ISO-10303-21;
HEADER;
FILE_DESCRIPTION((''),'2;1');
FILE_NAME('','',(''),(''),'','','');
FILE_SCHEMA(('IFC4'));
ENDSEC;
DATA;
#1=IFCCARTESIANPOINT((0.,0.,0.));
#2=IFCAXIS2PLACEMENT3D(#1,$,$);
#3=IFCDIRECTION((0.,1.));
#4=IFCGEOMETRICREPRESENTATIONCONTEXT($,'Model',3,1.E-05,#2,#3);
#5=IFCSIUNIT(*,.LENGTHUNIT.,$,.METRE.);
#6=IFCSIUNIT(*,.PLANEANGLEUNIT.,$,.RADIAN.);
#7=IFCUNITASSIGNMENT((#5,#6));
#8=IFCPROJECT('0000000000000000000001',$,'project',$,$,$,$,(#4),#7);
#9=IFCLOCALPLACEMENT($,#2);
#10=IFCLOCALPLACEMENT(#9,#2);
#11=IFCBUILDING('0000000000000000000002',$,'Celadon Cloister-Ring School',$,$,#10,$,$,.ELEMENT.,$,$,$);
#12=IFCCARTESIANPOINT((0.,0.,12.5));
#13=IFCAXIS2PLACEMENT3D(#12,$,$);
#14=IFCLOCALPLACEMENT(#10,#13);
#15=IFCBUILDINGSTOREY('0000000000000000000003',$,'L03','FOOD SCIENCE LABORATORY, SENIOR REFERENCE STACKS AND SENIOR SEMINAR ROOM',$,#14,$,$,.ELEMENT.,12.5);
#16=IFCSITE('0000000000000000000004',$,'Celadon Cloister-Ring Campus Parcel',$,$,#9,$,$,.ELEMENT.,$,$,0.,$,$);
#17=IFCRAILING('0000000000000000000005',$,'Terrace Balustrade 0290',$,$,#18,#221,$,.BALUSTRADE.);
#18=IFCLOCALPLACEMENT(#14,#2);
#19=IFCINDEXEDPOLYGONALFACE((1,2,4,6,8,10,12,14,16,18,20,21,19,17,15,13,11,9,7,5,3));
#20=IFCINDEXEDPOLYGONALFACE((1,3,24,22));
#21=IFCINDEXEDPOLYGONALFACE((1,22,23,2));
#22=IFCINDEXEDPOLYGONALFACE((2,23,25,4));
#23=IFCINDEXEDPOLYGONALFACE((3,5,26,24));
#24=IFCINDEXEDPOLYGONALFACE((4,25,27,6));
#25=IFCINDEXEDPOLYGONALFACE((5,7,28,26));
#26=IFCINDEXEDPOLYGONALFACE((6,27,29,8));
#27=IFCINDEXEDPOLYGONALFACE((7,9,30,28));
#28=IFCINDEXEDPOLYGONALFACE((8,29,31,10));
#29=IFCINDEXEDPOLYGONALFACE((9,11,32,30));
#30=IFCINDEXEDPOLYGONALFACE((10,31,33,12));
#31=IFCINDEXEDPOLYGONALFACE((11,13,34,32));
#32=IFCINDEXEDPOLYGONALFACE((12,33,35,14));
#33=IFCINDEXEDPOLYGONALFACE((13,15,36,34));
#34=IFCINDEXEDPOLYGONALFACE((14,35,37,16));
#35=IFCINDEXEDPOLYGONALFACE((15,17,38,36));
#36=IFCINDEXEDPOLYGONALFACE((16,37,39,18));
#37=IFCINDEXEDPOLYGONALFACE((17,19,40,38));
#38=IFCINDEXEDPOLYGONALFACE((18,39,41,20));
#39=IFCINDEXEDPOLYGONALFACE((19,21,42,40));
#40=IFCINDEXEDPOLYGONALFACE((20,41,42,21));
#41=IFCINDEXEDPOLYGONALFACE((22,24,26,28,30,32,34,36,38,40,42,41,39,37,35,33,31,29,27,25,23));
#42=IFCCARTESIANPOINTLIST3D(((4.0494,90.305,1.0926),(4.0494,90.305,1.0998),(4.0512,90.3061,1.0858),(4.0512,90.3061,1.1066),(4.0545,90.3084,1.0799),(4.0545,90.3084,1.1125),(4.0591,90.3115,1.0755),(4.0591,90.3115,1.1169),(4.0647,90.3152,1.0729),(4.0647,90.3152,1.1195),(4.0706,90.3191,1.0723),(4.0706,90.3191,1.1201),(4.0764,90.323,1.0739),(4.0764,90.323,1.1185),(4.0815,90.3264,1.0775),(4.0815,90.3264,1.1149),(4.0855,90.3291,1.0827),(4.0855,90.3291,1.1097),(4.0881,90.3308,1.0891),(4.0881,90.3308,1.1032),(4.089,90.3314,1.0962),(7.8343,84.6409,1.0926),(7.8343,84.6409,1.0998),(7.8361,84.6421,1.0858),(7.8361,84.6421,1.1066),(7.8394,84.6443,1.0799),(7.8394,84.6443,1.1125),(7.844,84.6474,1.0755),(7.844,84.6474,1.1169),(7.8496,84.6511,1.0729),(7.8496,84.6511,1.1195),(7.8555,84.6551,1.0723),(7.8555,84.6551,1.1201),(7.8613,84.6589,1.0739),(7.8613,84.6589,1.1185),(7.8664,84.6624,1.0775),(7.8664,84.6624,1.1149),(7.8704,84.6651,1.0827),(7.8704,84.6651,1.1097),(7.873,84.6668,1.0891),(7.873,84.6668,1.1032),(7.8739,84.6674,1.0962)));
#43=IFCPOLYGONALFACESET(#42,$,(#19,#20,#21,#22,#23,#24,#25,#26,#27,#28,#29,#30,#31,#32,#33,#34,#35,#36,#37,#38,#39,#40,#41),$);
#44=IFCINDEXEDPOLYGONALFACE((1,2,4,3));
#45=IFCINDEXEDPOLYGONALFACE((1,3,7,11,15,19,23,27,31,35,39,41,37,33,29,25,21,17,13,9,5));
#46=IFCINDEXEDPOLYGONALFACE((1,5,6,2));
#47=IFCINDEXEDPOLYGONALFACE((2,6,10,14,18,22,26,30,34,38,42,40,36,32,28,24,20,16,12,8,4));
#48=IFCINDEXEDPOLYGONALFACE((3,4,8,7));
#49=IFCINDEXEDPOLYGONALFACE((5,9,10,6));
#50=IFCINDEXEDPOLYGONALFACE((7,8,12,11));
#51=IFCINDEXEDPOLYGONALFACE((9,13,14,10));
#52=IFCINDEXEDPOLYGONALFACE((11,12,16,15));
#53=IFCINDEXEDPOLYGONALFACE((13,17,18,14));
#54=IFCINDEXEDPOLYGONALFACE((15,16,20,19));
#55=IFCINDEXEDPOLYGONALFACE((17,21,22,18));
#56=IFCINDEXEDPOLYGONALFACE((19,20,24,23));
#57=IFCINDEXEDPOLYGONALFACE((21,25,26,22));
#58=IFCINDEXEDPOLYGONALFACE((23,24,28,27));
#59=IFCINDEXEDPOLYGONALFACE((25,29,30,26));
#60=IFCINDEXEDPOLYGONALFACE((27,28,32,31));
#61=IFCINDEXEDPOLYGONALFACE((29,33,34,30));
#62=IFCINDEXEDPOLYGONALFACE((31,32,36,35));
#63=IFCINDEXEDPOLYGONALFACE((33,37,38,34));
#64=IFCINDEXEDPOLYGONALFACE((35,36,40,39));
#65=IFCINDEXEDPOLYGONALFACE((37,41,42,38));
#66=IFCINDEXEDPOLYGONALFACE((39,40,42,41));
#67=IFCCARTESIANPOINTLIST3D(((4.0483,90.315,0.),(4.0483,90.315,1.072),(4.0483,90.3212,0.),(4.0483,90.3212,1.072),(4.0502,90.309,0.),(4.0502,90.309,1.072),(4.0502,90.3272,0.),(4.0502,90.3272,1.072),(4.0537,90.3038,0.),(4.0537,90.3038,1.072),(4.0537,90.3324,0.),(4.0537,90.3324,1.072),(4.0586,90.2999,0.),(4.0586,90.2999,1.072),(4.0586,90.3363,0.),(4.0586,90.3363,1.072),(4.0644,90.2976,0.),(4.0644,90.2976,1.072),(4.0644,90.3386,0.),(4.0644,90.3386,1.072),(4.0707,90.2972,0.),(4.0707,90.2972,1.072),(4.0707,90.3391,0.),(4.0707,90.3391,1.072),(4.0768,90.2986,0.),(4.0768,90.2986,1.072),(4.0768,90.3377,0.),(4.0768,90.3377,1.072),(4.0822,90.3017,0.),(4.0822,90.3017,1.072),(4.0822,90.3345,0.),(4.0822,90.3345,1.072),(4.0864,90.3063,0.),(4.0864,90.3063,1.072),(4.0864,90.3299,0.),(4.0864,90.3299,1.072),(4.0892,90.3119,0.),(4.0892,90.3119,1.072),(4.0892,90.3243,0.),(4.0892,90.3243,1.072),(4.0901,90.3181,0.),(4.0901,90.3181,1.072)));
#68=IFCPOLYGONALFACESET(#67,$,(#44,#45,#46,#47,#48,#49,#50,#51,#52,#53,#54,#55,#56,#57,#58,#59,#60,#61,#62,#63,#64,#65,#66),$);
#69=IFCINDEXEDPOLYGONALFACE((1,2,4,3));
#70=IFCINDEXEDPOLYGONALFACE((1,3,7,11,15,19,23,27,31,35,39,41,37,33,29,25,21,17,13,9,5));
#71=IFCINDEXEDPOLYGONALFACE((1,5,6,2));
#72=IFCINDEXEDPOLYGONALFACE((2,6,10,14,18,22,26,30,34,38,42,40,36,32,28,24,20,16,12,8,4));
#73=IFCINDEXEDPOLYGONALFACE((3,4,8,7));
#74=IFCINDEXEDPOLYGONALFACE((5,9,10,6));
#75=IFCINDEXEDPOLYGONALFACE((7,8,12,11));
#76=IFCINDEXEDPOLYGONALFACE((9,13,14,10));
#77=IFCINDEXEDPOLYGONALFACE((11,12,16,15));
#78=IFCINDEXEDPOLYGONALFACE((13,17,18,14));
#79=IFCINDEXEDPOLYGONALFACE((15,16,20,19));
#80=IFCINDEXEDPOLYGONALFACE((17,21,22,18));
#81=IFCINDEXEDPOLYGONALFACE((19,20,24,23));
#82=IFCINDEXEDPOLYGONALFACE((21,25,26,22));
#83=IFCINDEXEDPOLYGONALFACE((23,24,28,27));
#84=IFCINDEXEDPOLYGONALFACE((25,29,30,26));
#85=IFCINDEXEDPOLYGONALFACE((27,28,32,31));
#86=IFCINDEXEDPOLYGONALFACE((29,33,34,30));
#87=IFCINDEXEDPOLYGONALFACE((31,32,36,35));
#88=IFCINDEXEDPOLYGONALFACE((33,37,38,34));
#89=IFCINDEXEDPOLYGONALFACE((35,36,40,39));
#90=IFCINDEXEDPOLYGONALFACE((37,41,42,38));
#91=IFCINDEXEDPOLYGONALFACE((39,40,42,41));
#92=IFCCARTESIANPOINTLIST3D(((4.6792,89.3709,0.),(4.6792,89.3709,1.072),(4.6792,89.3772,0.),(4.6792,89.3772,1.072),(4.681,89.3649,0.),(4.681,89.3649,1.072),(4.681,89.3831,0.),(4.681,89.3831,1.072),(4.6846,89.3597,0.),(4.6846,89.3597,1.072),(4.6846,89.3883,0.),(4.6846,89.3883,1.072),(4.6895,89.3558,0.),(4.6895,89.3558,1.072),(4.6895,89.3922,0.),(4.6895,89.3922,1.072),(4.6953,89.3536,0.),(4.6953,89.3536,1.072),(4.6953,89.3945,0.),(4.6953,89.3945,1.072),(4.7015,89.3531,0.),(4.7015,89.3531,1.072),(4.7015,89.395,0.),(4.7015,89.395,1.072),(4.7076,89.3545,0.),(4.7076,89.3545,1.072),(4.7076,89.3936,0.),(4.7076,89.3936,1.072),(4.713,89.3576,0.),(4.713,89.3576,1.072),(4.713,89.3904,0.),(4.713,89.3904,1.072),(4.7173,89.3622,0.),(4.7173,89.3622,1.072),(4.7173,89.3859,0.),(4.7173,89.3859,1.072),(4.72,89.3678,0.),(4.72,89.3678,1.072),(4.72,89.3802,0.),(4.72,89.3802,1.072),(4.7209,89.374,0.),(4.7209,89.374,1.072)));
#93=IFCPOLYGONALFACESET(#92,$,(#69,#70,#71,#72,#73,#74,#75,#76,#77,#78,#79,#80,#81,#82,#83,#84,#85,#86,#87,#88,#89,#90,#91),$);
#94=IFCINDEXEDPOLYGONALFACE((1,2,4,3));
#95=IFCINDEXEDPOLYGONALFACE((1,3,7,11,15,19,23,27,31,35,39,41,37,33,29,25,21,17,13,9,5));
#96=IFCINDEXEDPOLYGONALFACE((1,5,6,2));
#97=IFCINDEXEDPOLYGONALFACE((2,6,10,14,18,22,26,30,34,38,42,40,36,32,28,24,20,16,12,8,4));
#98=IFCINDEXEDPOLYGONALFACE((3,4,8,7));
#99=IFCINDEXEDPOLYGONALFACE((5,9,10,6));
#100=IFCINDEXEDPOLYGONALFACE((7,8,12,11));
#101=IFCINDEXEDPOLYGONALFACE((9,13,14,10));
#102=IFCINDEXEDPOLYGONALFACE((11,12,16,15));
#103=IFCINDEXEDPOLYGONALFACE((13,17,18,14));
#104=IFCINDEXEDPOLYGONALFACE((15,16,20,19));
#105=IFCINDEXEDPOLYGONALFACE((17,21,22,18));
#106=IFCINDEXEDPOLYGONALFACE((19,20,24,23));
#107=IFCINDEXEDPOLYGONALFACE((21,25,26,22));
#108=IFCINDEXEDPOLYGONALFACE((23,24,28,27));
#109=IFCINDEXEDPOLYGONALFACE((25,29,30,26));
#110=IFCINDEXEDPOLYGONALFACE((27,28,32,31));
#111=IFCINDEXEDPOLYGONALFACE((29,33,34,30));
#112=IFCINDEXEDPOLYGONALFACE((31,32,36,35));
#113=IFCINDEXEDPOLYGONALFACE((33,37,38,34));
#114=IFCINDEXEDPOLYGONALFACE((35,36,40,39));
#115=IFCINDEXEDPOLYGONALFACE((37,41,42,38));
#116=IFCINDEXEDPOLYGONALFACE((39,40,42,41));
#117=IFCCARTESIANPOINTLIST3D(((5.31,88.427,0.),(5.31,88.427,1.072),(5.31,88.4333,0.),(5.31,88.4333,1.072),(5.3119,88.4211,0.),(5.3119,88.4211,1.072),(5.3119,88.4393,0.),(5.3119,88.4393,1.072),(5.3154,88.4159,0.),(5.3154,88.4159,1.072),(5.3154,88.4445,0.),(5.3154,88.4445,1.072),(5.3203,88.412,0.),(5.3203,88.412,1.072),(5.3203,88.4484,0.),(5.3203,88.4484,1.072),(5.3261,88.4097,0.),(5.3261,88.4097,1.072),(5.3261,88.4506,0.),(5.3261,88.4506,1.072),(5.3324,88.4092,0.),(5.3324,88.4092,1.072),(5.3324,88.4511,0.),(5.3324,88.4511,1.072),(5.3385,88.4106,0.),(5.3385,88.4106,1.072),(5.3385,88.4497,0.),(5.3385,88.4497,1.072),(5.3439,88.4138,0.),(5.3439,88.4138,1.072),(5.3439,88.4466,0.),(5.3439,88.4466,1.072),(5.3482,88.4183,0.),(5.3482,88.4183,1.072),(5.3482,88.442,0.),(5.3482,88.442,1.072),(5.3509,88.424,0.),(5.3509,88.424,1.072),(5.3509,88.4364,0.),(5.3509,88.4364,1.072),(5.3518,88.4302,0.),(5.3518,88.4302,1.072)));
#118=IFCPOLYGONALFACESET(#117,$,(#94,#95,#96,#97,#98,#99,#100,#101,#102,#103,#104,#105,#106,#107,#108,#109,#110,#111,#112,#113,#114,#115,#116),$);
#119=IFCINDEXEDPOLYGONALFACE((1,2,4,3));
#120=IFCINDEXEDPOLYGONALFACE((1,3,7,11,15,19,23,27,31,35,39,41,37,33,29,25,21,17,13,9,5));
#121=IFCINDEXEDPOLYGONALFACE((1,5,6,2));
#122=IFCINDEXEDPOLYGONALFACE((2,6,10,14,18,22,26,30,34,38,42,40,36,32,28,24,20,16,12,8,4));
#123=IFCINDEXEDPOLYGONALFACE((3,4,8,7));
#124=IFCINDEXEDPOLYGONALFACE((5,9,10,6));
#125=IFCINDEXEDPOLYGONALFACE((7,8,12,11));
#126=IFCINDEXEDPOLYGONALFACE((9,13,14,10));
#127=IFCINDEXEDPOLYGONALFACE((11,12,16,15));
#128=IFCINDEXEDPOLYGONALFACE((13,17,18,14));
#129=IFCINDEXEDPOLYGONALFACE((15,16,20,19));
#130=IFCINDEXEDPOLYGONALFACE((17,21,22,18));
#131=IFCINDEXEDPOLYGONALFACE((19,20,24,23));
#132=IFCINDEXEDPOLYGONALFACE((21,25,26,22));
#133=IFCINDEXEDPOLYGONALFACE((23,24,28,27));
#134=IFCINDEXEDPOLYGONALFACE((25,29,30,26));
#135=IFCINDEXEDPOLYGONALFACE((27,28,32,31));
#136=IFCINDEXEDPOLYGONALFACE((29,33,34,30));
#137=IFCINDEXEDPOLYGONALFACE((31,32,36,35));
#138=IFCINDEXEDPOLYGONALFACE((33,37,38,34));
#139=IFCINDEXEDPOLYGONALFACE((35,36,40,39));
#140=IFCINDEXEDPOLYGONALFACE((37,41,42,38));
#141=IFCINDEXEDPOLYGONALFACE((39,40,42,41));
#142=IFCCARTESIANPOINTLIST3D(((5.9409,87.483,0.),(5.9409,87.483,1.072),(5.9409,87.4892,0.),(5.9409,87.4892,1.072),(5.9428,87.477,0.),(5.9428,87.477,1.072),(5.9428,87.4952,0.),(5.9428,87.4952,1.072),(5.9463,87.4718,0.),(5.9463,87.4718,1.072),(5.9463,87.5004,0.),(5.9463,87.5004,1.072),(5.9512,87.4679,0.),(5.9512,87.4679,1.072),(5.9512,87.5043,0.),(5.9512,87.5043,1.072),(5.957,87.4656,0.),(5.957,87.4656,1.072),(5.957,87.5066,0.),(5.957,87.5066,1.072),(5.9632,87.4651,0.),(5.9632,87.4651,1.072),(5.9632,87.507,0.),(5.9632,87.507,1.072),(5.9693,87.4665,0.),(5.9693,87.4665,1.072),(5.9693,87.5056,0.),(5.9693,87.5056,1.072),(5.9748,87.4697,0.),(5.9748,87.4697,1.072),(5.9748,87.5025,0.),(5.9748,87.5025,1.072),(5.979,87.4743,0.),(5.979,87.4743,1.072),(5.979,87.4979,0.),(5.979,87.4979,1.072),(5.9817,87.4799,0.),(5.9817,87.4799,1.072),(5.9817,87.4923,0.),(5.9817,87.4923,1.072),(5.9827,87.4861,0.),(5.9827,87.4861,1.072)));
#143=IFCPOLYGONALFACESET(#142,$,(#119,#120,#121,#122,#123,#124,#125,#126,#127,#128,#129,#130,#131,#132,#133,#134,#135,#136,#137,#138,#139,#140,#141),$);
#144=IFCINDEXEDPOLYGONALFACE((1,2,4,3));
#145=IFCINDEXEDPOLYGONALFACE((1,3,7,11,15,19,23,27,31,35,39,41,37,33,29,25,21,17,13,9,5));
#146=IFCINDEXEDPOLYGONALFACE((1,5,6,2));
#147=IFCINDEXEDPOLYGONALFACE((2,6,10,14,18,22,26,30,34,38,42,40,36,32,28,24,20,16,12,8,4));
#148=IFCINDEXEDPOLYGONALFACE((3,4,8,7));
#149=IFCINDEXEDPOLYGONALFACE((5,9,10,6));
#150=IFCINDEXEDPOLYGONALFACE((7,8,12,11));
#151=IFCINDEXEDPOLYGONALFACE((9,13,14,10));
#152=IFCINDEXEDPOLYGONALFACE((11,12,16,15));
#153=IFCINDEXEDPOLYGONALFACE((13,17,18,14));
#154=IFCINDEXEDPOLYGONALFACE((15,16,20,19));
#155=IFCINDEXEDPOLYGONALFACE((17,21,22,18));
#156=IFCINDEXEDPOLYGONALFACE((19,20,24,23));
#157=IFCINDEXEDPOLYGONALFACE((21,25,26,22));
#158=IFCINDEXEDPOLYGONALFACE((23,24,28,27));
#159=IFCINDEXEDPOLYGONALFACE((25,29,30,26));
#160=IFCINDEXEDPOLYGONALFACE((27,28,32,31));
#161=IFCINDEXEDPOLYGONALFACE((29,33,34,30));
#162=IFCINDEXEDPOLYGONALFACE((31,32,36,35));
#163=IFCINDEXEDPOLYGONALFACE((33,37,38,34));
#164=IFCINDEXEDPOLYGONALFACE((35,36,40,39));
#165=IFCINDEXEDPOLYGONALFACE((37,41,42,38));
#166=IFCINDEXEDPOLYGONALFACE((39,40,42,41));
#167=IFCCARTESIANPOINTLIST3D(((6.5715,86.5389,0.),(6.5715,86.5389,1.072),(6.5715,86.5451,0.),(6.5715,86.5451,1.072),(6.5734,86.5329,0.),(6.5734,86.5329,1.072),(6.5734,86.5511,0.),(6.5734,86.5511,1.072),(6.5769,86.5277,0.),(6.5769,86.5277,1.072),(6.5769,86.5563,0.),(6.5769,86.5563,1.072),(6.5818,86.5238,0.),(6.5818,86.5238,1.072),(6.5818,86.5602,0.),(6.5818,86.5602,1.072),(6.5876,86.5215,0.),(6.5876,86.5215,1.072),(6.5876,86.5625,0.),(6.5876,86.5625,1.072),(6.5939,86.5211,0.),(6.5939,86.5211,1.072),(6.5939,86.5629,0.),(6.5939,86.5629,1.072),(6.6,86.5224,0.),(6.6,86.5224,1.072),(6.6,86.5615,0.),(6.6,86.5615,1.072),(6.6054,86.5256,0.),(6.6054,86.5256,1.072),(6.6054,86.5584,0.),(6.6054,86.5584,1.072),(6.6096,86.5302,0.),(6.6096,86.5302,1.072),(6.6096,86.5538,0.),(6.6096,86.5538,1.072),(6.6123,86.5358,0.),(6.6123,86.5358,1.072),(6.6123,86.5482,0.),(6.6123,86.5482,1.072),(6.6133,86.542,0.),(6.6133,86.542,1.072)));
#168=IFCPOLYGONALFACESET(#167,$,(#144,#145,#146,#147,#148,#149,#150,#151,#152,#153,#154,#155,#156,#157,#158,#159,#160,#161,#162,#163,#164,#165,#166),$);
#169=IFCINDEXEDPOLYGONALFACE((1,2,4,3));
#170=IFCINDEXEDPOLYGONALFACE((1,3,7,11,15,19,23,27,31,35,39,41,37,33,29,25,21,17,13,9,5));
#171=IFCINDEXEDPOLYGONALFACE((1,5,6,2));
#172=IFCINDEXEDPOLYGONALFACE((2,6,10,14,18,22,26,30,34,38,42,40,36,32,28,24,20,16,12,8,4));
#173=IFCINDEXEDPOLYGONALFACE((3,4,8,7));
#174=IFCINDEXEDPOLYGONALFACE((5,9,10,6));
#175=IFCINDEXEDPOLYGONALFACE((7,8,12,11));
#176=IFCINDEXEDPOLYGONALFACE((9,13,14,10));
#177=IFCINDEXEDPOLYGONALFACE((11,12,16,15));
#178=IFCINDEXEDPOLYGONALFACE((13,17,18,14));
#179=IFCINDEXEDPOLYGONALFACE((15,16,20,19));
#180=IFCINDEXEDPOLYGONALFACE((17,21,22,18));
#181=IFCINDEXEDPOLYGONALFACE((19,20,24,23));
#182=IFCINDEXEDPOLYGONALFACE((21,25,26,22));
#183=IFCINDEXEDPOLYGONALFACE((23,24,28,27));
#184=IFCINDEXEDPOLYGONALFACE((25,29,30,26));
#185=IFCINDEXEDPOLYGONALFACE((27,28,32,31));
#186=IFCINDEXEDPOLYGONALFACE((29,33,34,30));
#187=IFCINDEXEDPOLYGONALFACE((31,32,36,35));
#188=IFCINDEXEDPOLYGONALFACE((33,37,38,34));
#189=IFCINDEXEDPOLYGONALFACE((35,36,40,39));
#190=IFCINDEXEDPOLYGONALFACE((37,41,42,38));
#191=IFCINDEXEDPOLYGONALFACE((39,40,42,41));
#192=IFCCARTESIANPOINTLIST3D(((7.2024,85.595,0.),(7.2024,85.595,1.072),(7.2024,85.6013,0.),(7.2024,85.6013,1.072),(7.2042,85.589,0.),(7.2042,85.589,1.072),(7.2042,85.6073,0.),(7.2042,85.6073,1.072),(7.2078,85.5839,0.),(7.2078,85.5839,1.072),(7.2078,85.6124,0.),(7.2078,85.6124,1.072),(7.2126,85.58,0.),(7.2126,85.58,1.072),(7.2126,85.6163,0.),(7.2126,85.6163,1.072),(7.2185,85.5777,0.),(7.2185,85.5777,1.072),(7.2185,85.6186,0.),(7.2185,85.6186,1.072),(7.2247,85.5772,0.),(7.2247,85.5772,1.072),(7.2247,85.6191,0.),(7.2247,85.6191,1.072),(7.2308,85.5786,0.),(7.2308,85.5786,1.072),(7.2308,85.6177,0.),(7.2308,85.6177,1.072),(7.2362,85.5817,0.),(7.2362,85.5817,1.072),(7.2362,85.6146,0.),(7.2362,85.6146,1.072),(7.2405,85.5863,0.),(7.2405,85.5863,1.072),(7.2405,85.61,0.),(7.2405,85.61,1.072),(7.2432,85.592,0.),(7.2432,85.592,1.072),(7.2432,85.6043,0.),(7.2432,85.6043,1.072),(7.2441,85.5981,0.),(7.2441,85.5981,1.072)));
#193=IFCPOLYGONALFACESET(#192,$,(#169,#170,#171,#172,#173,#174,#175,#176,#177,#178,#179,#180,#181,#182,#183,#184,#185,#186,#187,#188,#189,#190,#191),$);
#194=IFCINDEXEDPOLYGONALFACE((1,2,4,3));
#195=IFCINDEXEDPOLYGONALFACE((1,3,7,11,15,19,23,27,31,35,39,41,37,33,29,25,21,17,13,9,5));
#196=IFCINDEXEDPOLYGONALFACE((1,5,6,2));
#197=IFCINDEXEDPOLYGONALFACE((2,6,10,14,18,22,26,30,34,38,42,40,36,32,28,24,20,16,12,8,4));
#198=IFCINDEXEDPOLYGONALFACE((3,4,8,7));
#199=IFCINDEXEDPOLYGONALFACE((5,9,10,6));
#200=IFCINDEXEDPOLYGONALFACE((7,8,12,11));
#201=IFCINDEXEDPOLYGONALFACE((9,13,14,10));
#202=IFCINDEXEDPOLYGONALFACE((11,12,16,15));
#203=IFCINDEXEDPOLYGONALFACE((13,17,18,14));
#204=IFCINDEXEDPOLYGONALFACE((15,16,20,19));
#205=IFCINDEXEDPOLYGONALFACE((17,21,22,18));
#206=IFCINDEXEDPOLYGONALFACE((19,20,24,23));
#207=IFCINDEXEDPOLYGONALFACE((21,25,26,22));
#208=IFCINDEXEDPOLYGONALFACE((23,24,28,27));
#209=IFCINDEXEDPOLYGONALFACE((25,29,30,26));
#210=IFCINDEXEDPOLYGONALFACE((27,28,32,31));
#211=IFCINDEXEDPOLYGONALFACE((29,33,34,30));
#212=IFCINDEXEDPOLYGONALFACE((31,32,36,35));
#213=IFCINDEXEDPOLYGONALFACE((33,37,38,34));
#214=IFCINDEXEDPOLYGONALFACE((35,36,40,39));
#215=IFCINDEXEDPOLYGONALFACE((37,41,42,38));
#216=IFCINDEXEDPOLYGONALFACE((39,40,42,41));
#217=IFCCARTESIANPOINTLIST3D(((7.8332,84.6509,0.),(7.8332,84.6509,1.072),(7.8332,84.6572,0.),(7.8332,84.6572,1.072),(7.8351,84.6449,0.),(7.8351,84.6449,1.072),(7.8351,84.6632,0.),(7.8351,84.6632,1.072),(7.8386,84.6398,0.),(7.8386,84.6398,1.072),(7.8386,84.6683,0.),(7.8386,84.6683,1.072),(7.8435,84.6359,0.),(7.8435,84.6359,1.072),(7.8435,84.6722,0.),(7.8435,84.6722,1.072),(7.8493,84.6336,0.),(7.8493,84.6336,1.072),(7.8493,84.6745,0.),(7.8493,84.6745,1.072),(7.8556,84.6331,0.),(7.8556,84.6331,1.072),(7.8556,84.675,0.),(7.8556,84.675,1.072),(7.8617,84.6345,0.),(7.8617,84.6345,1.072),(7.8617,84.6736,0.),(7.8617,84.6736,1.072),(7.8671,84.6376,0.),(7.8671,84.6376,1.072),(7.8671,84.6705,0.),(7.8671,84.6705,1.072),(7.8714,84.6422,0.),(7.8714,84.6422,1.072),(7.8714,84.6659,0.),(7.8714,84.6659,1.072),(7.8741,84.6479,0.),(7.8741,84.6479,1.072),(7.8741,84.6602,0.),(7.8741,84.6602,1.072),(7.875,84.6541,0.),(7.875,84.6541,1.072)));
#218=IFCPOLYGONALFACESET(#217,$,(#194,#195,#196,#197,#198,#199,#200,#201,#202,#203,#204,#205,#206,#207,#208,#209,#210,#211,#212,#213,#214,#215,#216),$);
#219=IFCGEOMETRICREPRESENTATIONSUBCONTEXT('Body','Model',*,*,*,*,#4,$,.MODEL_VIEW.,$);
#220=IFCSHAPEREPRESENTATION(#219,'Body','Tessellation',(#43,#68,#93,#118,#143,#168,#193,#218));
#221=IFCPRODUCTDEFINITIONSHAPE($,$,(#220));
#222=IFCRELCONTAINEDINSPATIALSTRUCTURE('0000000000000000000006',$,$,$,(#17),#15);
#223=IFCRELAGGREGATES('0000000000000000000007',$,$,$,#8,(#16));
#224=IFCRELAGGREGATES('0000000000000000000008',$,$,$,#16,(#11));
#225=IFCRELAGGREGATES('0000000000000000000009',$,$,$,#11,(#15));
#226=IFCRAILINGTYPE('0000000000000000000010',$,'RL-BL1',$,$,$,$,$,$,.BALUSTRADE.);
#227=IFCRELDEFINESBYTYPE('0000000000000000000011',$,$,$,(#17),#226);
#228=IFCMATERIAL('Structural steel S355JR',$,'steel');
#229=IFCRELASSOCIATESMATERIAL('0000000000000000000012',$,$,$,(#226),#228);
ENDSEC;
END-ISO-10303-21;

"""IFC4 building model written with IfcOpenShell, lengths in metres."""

from ifc_helpers import new_model, si_unit, direction, frame, origin, origin_2d, place, context, subcontext, project, spatial, circle, extrude, material, type_object, element, save


model = new_model("IFC4")

# Units and contexts
model_context = context("Model", 3, precision=1e-05, world=origin(), true_north=direction((0.0, 1.0)))
body_context = subcontext(model_context, "Body", "Model", "MODEL_VIEW")
ifc_project = project(units=[si_unit("LENGTHUNIT", "METRE"), si_unit("PLANEANGLEUNIT", "RADIAN")], contexts=[model_context])

# Site, building, storey
site_placement = place(None, origin())
site = spatial("IfcSite", under=ifc_project, at=site_placement, Name="Celadon Cloister-Ring Campus Parcel", CompositionType="ELEMENT", RefElevation=0.0)
building_placement = place(site_placement, origin())
building = spatial("IfcBuilding", under=site, at=building_placement, Name="Celadon Cloister-Ring School", CompositionType="ELEMENT")
storey_placement = place(building_placement, frame((0.0, 0.0, 12.5)))
storey = spatial("IfcBuildingStorey", under=building, at=storey_placement, Name="L03", Description="FOOD SCIENCE LABORATORY, SENIOR REFERENCE STACKS AND SENIOR SEMINAR ROOM", CompositionType="ELEMENT", Elevation=12.5)

# Railing
ifc_material_1 = material(Name="Structural steel S355JR", Category="steel")
railing_type = type_object("IfcRailingType", Name="RL-BL1", PredefinedType="BALUSTRADE", material=ifc_material_1)
railing_placement = place(storey_placement, frame((4.0691, 90.3181, 0.0)))
element("IfcRailing", 1, at=railing_placement, inside=storey, type_object=railing_type, Name="Terrace Balustrade 0290", PredefinedType="BALUSTRADE", context=body_context, shape_type="SweptSolid", body=[
    extrude(circle(Radius=0.0239, at=origin_2d()), frame((0.0, 0.0, 1.0962), z_axis=(0.555601, -0.831449, 0.0), x_axis=(0.831449, 0.555601, 0.0)), (0.0, 0.0, 1.0), 6.8123),
    extrude(circle(Radius=0.021, at=origin_2d()), origin(), (0.0, 0.0, 1.0), 1.072),
    extrude(circle(Radius=0.021, at=origin_2d()), frame((0.6309, -0.9441, 0.0)), (0.0, 0.0, 1.0), 1.072),
    extrude(circle(Radius=0.021, at=origin_2d()), frame((1.2617, -1.8879, 0.0)), (0.0, 0.0, 1.0), 1.072),
    extrude(circle(Radius=0.021, at=origin_2d()), frame((1.8926, -2.832, 0.0)), (0.0, 0.0, 1.0), 1.072),
    extrude(circle(Radius=0.021, at=origin_2d()), frame((2.5232, -3.7761, 0.0)), (0.0, 0.0, 1.0), 1.072),
    extrude(circle(Radius=0.021, at=origin_2d()), frame((3.1541, -4.72, 0.0)), (0.0, 0.0, 1.0), 1.072),
    extrude(circle(Radius=0.021, at=origin_2d()), frame((3.7849, -5.6641, 0.0)), (0.0, 0.0, 1.0), 1.072),
])

save(model, "model.ifc")
